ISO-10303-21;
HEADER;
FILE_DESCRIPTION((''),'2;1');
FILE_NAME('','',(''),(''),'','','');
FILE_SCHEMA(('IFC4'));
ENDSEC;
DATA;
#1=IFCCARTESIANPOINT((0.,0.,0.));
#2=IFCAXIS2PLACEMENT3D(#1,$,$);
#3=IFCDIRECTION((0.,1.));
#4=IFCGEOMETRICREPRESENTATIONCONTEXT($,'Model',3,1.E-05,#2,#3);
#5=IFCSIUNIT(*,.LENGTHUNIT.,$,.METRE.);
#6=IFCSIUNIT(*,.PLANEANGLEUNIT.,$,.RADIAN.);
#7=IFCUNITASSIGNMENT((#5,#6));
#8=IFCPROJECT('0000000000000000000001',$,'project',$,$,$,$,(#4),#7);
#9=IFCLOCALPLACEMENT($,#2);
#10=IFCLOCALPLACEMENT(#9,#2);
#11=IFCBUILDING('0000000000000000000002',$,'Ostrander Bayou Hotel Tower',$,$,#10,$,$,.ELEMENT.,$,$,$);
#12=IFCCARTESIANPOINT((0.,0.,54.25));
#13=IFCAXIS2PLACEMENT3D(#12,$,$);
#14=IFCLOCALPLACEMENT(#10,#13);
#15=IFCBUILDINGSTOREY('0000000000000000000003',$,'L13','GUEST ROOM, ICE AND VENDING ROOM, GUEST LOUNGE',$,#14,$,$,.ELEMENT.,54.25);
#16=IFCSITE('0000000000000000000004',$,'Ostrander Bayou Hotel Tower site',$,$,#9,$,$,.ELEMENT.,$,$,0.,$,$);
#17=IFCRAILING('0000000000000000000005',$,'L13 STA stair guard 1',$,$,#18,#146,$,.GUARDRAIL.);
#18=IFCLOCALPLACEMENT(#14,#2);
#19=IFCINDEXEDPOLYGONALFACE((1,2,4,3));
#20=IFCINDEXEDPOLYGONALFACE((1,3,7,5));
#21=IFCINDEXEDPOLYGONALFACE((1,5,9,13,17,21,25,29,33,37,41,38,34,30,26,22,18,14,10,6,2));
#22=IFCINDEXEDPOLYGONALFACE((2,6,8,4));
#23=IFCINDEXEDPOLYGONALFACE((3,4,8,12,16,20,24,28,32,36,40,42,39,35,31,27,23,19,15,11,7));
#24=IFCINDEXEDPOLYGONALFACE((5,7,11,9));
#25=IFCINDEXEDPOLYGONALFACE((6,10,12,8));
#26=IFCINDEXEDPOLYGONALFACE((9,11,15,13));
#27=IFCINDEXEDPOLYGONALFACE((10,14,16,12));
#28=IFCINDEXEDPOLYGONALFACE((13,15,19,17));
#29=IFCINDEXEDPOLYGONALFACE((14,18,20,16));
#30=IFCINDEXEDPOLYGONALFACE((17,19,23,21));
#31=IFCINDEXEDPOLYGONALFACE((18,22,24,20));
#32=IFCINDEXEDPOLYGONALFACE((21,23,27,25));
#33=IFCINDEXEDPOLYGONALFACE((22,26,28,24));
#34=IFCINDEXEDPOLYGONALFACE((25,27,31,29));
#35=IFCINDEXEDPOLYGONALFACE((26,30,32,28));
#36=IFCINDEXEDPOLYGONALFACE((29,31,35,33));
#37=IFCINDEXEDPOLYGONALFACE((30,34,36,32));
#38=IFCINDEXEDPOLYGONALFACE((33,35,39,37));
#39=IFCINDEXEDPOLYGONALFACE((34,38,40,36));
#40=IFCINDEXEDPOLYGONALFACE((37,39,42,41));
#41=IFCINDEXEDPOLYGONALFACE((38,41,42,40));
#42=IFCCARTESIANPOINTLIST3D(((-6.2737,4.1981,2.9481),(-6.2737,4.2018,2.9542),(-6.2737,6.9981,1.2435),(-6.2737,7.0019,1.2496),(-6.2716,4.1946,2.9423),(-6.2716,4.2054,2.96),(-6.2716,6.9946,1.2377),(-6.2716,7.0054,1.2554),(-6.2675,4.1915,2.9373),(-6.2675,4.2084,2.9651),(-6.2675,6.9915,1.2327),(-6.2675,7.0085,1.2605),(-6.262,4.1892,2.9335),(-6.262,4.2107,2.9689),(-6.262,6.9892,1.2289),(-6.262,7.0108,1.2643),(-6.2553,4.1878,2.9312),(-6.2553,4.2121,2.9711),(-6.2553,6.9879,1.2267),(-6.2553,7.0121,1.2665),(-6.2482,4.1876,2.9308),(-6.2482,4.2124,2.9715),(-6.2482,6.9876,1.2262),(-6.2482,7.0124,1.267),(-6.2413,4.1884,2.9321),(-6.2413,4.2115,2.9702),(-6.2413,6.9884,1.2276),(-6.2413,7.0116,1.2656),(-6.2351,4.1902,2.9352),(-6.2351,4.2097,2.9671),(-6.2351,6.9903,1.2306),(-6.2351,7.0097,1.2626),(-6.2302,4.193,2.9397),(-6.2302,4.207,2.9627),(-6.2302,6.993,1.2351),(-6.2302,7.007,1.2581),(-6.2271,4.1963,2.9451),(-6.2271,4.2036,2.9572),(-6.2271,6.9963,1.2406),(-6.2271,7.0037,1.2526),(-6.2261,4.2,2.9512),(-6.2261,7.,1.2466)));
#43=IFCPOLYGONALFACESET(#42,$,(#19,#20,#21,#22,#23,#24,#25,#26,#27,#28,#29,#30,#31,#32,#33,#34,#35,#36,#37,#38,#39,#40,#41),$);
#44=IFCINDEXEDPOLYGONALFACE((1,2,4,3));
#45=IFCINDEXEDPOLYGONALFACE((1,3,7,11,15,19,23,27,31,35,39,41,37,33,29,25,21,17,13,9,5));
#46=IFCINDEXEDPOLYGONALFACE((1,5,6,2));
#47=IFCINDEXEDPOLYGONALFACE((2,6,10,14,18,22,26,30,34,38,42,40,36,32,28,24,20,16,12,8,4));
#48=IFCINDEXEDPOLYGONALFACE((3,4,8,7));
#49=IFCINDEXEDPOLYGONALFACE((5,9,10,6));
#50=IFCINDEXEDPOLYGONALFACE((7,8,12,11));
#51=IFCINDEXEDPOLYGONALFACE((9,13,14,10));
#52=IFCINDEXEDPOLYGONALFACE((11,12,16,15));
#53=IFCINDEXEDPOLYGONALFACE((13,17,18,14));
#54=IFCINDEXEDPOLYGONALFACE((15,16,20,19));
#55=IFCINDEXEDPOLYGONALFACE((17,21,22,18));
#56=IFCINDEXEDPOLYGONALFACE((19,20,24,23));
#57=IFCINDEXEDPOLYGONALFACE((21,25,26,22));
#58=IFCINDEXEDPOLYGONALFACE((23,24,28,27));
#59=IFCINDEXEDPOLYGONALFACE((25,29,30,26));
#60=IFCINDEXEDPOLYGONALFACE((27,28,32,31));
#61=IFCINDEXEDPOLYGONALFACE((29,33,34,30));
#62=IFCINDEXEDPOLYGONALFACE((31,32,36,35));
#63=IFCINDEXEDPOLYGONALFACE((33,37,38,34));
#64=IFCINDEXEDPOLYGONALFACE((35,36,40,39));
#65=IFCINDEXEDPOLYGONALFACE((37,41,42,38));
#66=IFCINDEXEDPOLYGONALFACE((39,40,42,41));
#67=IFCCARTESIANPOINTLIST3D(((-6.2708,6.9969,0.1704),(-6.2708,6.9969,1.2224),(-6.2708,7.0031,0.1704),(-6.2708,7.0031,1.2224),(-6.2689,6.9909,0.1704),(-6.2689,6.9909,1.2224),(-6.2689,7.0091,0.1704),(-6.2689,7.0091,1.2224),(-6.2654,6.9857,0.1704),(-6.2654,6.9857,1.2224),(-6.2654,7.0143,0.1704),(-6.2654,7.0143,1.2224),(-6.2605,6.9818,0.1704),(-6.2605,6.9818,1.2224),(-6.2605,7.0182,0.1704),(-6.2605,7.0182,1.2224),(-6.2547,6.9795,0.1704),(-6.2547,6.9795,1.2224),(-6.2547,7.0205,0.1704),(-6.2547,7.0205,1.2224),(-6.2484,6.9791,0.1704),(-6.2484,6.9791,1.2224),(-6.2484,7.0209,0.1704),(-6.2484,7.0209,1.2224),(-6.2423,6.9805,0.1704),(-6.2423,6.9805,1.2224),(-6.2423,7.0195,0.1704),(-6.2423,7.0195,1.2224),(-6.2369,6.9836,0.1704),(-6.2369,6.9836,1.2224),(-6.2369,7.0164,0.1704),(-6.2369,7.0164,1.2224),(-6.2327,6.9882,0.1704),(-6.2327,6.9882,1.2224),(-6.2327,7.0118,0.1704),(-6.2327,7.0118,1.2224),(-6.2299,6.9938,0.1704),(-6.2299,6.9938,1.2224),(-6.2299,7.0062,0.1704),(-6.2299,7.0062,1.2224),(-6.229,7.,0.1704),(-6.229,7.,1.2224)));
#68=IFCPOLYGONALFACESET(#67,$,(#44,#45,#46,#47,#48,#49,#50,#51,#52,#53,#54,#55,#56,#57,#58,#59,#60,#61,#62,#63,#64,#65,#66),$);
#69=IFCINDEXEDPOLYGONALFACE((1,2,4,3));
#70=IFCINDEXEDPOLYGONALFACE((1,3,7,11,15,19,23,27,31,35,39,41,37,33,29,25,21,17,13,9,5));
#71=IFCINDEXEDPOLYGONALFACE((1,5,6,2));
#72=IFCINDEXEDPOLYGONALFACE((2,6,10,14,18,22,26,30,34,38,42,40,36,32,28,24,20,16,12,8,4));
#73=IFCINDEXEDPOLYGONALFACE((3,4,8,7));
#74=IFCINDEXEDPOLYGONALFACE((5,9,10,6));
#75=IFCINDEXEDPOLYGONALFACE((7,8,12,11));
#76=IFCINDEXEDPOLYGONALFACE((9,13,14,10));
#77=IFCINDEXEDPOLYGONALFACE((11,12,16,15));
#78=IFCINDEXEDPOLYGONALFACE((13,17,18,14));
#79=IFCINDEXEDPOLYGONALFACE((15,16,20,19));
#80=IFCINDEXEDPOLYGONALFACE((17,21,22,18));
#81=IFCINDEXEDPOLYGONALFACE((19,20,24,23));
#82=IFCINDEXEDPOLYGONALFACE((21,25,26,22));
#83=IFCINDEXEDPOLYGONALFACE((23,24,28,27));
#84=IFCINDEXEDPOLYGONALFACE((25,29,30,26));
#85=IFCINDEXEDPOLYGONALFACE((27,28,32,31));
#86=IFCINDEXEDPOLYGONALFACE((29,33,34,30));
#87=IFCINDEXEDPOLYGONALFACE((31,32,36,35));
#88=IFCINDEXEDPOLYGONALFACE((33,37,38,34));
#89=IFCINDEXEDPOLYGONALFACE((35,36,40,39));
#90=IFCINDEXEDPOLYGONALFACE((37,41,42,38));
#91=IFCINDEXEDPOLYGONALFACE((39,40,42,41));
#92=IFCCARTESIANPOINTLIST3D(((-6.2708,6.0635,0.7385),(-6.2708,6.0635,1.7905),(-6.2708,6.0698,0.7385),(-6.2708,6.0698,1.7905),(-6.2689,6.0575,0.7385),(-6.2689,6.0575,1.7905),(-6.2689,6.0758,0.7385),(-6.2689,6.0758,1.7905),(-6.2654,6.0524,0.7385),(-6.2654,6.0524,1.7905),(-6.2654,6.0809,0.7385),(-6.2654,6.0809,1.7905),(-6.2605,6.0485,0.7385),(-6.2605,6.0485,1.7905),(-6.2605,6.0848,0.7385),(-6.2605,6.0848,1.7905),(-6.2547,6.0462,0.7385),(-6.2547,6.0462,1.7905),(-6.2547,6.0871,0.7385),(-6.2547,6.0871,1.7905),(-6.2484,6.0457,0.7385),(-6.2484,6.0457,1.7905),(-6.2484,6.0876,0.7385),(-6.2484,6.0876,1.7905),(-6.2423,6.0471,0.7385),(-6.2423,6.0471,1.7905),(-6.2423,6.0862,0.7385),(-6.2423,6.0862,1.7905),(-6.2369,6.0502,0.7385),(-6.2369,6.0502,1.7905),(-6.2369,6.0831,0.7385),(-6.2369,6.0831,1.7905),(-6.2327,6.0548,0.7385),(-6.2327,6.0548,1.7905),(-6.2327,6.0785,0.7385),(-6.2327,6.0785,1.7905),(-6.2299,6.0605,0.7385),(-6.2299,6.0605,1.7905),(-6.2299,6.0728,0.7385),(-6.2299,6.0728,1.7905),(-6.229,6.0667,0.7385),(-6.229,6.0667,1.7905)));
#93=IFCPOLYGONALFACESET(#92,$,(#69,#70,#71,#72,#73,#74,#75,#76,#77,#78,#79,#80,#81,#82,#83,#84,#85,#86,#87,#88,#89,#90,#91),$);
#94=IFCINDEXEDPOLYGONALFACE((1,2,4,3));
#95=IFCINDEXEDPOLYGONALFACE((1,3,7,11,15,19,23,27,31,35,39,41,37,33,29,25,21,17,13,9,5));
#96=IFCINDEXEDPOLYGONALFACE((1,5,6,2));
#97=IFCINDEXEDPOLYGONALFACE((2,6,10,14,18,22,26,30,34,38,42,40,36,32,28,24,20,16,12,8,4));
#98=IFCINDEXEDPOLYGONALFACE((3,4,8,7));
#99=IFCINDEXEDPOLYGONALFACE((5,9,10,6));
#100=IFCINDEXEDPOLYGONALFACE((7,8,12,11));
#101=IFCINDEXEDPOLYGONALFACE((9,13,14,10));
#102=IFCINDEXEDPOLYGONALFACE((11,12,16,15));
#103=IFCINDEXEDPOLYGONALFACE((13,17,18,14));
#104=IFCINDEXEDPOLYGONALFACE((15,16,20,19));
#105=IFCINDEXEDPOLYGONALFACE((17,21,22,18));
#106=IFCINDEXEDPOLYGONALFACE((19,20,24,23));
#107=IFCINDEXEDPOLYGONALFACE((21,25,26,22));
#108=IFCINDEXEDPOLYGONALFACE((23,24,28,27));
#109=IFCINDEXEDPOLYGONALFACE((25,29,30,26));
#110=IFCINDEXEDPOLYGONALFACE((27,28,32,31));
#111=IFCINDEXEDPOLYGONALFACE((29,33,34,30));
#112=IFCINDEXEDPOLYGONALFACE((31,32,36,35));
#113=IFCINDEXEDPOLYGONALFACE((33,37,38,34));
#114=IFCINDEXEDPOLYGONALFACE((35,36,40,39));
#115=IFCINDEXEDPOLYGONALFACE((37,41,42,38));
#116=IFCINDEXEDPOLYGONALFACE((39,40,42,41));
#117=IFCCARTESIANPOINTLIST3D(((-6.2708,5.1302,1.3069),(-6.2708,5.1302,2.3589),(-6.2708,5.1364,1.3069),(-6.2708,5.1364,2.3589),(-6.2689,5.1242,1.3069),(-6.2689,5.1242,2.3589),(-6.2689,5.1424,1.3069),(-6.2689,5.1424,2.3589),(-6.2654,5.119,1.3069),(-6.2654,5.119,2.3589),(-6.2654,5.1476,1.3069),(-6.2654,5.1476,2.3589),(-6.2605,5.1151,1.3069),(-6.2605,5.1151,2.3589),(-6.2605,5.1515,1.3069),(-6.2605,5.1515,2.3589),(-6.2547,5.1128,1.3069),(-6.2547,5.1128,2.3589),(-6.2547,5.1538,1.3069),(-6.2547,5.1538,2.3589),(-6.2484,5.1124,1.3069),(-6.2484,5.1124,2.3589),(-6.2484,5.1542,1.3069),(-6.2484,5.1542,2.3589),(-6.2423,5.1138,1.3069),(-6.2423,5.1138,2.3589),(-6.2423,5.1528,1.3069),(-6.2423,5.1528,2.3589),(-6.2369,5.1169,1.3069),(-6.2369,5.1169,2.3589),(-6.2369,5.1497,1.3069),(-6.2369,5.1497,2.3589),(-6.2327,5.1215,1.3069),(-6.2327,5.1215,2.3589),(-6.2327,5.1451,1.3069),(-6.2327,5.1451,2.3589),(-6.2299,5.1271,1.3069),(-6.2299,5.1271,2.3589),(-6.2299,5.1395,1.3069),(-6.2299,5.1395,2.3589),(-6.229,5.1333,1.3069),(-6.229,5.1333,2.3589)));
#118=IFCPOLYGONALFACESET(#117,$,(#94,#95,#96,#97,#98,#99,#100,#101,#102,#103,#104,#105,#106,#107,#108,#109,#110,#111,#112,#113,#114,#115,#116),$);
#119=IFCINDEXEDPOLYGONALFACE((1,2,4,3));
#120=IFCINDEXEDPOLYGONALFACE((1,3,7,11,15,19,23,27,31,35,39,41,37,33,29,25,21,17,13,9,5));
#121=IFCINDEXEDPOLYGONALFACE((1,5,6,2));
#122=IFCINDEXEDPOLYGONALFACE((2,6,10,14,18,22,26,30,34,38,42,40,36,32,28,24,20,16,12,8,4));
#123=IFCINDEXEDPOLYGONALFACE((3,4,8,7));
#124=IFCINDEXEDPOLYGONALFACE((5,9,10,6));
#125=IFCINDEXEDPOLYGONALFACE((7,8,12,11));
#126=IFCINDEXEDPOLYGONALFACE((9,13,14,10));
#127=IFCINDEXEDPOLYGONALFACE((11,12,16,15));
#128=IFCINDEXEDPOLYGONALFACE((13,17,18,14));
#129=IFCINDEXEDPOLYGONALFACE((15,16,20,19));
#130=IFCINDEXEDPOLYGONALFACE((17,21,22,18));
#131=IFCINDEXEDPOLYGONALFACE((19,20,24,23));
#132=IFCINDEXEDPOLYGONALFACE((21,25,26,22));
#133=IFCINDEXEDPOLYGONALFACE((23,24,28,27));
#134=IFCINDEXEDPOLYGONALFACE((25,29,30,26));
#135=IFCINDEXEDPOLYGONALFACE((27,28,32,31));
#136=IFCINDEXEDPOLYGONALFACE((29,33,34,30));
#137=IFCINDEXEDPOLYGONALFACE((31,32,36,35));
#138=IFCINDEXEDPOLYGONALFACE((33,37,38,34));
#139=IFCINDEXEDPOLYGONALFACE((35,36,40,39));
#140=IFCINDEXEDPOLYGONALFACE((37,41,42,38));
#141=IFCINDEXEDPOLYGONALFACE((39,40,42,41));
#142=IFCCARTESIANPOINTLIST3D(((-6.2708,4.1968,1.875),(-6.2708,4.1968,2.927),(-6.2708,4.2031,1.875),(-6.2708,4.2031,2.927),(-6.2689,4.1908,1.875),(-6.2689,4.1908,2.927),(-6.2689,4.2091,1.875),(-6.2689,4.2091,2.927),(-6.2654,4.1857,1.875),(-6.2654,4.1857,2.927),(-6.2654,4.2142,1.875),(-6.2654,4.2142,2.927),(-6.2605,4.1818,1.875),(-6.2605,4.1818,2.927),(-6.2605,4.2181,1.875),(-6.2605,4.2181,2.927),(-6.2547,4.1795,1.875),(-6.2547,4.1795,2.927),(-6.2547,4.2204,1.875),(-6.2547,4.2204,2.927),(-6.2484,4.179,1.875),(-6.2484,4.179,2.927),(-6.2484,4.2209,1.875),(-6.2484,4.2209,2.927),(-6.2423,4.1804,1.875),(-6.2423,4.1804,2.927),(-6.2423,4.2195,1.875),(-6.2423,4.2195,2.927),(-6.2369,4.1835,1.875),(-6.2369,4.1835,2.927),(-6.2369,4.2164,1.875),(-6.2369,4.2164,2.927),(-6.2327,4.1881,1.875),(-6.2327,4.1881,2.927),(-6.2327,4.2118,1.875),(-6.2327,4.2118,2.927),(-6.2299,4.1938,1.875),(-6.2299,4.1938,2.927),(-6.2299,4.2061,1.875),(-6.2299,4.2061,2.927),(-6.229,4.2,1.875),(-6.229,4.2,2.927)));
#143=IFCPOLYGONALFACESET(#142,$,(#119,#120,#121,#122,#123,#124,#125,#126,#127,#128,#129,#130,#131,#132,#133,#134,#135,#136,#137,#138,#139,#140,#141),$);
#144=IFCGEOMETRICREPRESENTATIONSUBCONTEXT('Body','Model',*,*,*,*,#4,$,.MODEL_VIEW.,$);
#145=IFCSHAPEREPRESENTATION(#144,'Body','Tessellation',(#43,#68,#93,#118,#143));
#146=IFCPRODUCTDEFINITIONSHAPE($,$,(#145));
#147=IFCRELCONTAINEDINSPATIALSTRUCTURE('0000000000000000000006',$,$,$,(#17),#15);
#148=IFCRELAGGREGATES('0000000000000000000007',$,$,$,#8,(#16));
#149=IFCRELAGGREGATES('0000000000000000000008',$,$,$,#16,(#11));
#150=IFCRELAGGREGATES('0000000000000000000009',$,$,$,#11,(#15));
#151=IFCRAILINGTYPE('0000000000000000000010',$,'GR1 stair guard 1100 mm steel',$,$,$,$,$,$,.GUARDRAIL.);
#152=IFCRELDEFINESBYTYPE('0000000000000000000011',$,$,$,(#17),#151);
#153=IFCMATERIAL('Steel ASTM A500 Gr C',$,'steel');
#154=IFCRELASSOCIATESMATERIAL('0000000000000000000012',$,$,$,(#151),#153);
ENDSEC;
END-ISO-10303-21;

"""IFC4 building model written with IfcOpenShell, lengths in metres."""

from ifc_helpers import new_model, si_unit, direction, frame, origin, origin_2d, place, context, subcontext, project, spatial, circle, extrude, material, type_object, element, save


model = new_model("IFC4")

# Units and contexts
model_context = context("Model", 3, precision=1e-05, world=origin(), true_north=direction((0.0, 1.0)))
body_context = subcontext(model_context, "Body", "Model", "MODEL_VIEW")
ifc_project = project(units=[si_unit("LENGTHUNIT", "METRE"), si_unit("PLANEANGLEUNIT", "RADIAN")], contexts=[model_context])

# Site, building, storey
site_placement = place(None, origin())
site = spatial("IfcSite", under=ifc_project, at=site_placement, Name="Ostrander Bayou Hotel Tower site", CompositionType="ELEMENT", RefElevation=0.0)
building_placement = place(site_placement, origin())
building = spatial("IfcBuilding", under=site, at=building_placement, Name="Ostrander Bayou Hotel Tower", CompositionType="ELEMENT")
storey_placement = place(building_placement, frame((0.0, 0.0, 54.25)))
storey = spatial("IfcBuildingStorey", under=building, at=storey_placement, Name="L13", Description="GUEST ROOM, ICE AND VENDING ROOM, GUEST LOUNGE", CompositionType="ELEMENT", Elevation=54.25)

# Railing
ifc_material_1 = material(Name="Steel ASTM A500 Gr C", Category="steel")
railing_type_1 = type_object("IfcRailingType", Name="GR1 stair guard 1100 mm steel", PredefinedType="GUARDRAIL", material=ifc_material_1)
railing_1_placement = place(storey_placement, frame((-6.25, 7.0, 0.1704)))
element("IfcRailing", 1, at=railing_1_placement, inside=storey, type_object=railing_type_1, Name="L13 STA stair guard 1", PredefinedType="GUARDRAIL", context=body_context, shape_type="SweptSolid", body=[
    extrude(circle(Radius=0.0239, at=origin_2d()), frame((0.0, 0.0, 1.0762), z_axis=(0.0, -0.85417, 0.519994), x_axis=(1.0, 0.0, 0.0)), (0.0, 0.0, 1.0), 3.2781),
    extrude(circle(Radius=0.021, at=origin_2d()), origin(), (0.0, 0.0, 1.0), 1.052),
    extrude(circle(Radius=0.021, at=origin_2d()), frame((0.0, -0.9333, 0.5681)), (0.0, 0.0, 1.0), 1.052),
    extrude(circle(Radius=0.021, at=origin_2d()), frame((0.0, -1.8667, 1.1365)), (0.0, 0.0, 1.0), 1.052),
    extrude(circle(Radius=0.021, at=origin_2d()), frame((0.0, -2.8, 1.7046)), (0.0, 0.0, 1.0), 1.052),
])

save(model, "model.ifc")
